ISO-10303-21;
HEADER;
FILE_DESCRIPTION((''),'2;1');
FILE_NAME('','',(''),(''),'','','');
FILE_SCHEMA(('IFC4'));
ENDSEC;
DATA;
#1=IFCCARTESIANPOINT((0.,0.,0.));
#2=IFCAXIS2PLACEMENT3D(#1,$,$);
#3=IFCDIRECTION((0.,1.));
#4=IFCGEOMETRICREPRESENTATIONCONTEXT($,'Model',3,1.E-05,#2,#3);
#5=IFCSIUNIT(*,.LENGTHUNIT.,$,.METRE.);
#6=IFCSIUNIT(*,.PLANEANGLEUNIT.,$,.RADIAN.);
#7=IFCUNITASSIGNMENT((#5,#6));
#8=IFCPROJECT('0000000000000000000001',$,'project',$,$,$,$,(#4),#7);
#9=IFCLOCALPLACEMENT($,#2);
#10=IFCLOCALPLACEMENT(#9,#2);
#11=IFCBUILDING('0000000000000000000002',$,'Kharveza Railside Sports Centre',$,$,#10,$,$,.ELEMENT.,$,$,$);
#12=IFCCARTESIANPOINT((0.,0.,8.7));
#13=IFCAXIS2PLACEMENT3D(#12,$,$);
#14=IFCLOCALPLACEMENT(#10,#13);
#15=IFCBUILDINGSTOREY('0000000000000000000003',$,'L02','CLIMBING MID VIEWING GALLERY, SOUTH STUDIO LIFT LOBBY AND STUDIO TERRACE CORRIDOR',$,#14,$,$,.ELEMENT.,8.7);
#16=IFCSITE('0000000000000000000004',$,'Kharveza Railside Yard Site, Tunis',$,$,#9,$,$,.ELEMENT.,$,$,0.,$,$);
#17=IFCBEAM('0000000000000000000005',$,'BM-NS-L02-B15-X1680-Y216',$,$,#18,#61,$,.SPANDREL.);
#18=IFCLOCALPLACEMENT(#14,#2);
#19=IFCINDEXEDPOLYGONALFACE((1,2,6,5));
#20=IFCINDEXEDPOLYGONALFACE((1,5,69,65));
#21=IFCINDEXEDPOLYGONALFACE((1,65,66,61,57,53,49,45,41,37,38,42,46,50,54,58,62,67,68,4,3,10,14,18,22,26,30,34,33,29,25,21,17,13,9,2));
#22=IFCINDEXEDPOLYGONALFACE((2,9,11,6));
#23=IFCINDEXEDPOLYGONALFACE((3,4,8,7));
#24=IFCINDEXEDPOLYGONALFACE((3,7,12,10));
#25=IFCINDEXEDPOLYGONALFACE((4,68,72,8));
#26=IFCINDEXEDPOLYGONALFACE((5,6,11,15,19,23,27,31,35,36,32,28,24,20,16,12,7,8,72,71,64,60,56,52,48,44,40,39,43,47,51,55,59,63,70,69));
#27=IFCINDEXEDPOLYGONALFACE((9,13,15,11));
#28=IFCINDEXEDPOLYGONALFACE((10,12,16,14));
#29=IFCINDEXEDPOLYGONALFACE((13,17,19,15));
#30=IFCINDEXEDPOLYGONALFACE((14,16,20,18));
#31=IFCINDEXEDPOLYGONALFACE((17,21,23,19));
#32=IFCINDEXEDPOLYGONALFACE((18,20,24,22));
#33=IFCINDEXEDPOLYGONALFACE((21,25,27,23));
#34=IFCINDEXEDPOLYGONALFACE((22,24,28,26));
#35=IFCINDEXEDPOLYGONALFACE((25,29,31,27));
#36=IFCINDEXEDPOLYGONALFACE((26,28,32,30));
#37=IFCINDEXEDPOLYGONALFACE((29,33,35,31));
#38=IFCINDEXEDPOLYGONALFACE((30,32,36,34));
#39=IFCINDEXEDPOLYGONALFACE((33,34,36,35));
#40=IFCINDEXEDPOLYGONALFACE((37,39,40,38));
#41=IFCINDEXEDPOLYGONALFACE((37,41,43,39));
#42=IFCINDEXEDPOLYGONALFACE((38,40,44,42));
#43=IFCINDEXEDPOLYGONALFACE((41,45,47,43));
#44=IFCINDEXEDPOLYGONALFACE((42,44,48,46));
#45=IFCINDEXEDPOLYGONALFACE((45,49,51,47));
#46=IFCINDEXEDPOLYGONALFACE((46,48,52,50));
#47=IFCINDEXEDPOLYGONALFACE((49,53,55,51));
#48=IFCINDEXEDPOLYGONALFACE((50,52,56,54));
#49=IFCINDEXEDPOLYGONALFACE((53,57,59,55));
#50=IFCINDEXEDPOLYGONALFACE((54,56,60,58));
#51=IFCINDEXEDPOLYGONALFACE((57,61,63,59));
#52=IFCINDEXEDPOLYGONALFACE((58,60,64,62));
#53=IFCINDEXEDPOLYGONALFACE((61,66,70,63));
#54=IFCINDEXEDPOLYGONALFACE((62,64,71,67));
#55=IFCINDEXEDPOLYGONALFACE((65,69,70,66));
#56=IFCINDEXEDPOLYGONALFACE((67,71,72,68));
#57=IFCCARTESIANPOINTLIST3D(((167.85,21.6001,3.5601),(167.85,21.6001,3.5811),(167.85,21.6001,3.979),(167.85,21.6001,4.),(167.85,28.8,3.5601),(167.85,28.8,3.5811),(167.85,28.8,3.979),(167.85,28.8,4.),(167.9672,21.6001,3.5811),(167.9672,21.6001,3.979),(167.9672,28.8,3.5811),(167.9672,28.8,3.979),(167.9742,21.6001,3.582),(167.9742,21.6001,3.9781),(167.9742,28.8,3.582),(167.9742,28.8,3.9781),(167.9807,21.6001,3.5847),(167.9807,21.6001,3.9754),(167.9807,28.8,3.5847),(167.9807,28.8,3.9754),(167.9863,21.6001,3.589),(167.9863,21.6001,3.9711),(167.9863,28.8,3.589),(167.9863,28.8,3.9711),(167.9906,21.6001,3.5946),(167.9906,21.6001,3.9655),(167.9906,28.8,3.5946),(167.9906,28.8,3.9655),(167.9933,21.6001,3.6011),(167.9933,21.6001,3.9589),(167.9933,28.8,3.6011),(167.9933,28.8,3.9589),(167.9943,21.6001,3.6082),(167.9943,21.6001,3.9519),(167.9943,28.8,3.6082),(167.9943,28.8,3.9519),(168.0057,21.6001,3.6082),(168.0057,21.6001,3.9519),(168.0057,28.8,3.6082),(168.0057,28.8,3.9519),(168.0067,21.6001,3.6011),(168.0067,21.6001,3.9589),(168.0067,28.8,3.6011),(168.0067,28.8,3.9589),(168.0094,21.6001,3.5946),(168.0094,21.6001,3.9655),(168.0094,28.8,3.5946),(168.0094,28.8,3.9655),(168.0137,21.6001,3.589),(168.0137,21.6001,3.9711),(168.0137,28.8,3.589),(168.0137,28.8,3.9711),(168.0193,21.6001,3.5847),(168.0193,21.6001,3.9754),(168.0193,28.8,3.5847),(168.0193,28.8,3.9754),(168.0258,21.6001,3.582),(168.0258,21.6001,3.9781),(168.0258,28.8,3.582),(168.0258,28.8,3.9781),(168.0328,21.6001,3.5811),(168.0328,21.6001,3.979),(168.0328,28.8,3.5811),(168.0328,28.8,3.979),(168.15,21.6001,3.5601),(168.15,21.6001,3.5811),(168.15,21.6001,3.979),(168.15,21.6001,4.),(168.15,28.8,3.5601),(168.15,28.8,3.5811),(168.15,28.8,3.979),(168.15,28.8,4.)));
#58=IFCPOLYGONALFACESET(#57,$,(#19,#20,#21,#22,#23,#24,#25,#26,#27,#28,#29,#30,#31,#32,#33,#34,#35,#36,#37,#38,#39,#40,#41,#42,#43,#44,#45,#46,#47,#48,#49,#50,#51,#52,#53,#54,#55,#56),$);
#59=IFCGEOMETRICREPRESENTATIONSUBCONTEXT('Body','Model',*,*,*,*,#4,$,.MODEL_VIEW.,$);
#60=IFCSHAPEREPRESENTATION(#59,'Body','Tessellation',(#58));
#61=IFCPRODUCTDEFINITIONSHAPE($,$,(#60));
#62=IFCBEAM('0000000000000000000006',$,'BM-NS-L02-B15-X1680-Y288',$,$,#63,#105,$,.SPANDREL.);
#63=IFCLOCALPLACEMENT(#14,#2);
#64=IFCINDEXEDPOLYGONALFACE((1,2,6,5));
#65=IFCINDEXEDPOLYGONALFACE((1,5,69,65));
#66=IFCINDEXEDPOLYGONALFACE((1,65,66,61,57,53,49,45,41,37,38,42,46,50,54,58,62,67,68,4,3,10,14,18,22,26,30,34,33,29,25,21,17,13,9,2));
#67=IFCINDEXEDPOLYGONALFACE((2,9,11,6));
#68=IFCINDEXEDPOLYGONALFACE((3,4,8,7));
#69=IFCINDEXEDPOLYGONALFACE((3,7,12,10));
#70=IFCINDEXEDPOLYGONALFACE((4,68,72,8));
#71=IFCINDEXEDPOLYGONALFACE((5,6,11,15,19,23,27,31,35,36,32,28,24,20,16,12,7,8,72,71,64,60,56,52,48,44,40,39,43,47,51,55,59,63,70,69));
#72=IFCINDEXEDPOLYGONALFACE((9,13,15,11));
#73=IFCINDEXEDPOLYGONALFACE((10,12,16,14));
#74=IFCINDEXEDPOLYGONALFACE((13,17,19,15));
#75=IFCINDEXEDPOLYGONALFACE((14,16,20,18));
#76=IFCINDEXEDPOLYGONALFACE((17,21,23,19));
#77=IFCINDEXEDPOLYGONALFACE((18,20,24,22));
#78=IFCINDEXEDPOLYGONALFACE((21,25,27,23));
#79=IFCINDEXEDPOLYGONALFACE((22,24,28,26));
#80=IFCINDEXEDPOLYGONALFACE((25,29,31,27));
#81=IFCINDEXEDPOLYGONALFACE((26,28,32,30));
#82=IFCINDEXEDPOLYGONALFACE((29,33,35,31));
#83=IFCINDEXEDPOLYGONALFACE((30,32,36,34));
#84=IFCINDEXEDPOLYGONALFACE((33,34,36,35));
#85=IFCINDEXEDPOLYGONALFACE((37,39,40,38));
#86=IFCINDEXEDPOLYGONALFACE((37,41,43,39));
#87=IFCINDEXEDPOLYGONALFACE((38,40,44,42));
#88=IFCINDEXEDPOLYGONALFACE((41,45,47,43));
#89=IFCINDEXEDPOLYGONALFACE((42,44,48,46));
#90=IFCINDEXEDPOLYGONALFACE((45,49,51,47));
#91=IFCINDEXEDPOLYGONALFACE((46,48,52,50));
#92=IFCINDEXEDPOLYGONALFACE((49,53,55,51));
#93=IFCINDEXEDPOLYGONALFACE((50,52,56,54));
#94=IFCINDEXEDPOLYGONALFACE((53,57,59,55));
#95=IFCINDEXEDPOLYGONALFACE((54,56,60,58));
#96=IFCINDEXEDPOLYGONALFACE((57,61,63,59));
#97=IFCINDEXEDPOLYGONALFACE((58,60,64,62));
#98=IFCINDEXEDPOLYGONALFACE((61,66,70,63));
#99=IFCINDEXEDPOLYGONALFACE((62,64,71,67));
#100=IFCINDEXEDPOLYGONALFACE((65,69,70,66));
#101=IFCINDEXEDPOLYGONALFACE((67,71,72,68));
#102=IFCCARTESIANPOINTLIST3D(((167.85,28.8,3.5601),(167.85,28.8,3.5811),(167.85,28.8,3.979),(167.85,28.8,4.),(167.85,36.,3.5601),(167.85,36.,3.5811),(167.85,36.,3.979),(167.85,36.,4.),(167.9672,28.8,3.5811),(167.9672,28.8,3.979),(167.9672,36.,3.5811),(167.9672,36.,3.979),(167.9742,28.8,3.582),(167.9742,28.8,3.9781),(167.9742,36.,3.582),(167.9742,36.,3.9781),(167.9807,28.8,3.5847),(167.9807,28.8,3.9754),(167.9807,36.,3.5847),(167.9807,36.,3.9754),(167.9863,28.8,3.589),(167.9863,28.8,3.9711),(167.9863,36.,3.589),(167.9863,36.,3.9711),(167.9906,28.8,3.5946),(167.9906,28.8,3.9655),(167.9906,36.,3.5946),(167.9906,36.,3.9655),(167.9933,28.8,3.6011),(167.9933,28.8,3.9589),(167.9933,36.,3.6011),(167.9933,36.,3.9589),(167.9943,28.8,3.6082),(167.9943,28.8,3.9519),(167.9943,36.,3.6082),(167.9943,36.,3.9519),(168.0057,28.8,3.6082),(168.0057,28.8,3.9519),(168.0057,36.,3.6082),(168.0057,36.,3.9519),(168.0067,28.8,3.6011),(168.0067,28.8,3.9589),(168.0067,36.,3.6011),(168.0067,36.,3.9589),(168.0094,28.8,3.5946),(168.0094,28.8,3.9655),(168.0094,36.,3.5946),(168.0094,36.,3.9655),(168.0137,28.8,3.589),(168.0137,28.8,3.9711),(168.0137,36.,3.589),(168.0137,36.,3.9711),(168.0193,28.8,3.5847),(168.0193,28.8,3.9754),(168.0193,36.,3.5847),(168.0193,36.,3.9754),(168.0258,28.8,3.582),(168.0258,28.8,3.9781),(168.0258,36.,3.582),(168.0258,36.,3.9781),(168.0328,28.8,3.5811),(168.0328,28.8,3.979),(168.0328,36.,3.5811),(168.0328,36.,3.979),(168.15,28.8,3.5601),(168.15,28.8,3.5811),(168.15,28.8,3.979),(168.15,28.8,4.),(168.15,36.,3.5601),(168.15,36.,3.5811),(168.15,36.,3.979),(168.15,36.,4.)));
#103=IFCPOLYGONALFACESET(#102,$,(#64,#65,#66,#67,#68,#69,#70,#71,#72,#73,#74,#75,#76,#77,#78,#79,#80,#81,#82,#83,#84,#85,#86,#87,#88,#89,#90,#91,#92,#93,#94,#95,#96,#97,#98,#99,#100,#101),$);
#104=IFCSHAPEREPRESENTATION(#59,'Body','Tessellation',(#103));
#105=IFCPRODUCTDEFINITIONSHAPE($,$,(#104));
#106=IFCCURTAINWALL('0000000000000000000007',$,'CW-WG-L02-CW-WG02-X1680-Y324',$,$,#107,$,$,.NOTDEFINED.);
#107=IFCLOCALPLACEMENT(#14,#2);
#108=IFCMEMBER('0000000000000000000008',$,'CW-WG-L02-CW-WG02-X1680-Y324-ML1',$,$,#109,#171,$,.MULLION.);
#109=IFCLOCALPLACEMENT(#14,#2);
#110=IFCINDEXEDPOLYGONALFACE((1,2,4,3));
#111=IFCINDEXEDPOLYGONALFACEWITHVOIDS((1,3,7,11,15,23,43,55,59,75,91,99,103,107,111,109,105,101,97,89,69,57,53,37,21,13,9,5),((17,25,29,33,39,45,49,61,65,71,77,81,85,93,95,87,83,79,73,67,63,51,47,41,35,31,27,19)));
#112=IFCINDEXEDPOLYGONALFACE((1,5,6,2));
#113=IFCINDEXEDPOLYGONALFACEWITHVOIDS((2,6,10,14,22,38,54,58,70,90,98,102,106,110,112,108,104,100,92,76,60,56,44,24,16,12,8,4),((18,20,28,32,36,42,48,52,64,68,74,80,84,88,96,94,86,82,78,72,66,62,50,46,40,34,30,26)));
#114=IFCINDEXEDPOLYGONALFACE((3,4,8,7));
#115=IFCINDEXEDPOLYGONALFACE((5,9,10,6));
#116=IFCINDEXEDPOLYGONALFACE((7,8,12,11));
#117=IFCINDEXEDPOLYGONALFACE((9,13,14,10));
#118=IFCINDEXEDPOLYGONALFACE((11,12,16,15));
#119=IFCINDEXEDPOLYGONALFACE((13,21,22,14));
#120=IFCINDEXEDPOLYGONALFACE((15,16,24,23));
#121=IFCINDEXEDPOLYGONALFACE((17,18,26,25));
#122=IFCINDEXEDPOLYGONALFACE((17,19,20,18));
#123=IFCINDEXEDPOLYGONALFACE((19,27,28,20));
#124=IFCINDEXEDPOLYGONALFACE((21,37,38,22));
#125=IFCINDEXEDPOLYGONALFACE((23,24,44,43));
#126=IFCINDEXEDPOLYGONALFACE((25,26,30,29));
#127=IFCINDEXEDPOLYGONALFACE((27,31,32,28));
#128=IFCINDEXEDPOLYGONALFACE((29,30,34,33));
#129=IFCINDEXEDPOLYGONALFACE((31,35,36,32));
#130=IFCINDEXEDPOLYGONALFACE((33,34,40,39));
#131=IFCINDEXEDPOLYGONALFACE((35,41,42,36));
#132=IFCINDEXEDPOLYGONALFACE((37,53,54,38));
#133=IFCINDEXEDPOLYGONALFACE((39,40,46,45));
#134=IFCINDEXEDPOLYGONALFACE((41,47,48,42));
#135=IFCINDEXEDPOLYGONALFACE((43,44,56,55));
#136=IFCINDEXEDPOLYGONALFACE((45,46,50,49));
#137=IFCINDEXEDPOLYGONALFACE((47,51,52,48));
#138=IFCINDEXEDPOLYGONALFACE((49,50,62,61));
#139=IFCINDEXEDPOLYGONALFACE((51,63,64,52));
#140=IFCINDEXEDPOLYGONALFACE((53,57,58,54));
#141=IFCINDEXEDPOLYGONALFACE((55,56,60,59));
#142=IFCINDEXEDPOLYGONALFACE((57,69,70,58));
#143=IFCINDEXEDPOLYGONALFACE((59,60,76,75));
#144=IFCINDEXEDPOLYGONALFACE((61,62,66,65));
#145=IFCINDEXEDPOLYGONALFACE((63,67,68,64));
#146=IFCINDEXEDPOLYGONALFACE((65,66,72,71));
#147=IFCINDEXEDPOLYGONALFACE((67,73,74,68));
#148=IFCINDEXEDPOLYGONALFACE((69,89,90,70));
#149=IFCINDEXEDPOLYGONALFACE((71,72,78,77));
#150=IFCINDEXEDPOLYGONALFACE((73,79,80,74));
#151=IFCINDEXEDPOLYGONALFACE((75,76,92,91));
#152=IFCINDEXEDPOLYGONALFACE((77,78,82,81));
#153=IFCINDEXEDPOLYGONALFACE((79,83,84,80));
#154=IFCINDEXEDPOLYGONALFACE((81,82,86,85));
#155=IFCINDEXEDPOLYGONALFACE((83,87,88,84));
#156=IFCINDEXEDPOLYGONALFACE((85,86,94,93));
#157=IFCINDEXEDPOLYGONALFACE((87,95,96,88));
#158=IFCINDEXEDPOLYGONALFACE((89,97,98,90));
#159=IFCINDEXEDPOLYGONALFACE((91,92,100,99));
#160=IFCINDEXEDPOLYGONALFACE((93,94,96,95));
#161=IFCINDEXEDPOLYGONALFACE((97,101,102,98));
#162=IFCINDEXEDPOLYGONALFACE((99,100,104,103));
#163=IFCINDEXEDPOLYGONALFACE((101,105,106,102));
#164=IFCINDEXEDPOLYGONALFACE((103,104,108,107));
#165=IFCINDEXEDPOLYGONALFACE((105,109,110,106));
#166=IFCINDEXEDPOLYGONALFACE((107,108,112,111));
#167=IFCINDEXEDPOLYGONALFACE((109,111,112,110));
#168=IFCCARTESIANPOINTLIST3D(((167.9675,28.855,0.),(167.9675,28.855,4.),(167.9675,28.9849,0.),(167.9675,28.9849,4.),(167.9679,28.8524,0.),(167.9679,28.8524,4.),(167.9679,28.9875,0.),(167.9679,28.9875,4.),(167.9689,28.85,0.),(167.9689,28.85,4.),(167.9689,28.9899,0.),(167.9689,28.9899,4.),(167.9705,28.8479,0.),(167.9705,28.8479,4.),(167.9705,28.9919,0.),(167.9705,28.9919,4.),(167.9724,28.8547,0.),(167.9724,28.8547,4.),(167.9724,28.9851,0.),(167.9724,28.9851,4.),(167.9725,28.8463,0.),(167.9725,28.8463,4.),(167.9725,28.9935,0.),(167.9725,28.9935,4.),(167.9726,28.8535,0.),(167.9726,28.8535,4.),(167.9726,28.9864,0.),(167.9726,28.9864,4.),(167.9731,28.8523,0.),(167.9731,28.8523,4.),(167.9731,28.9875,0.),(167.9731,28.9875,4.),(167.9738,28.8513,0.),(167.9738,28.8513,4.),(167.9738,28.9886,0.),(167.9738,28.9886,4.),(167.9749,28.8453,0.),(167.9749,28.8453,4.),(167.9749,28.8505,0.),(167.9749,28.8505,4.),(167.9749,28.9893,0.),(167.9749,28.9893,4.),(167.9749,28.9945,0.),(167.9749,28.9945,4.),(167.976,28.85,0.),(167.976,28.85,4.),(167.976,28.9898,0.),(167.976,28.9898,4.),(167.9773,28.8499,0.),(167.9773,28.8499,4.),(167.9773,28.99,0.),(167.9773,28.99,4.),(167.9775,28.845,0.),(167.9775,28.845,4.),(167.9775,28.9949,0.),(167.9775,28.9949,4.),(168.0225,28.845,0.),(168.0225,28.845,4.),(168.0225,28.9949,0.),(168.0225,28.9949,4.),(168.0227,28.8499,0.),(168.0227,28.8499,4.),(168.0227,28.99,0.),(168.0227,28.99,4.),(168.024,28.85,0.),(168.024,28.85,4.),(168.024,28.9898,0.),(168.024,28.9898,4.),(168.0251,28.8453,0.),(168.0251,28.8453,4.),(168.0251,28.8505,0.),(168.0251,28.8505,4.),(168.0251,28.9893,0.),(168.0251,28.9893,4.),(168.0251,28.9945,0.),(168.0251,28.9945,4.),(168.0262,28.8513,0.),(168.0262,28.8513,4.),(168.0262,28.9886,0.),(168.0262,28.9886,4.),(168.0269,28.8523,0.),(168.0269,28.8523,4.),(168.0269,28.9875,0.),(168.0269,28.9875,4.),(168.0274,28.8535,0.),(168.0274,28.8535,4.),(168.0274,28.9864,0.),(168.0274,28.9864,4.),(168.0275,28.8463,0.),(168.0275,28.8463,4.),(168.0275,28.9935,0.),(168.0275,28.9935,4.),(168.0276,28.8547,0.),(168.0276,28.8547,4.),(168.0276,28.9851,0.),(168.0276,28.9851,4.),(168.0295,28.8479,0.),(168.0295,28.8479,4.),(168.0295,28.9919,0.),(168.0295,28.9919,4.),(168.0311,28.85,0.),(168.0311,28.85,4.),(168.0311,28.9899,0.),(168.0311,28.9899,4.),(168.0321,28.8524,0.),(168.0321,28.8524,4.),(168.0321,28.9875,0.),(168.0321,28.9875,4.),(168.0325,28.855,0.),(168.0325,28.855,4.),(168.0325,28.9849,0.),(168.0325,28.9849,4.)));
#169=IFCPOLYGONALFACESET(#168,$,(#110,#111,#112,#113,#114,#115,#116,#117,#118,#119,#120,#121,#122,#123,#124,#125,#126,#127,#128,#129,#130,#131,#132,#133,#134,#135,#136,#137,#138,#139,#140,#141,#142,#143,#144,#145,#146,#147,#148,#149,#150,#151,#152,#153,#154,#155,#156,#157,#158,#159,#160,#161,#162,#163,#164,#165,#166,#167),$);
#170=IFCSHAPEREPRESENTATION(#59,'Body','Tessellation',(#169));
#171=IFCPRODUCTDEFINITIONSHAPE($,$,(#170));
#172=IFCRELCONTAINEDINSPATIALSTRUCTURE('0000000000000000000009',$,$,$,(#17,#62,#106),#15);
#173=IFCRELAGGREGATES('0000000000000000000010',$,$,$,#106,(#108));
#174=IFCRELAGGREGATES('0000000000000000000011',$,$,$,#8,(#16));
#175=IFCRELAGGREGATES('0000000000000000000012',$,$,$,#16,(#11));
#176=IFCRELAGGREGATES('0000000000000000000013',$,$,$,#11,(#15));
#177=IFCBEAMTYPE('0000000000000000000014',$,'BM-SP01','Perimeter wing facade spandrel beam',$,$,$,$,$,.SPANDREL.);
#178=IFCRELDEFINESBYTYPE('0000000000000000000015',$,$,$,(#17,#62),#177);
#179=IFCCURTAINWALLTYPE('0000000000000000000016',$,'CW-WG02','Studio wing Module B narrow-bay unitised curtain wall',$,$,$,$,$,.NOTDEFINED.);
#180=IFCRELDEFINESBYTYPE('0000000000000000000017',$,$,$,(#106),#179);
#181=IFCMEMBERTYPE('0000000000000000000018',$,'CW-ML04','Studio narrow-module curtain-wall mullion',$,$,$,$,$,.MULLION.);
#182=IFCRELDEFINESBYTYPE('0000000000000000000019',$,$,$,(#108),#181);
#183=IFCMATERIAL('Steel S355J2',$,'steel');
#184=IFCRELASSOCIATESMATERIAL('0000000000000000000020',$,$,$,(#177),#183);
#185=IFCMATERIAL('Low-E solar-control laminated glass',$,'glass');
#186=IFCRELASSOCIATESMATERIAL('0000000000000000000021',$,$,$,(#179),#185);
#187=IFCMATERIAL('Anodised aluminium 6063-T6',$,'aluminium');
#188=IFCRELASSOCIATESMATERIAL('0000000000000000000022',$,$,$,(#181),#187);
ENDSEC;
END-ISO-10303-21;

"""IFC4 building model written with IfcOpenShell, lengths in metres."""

from ifc_helpers import new_model, si_unit, direction, frame, origin, origin_2d, place, context, subcontext, project, spatial, hollow_rectangle, i_section, extrude, material, material_profile, profile_set, type_object, element, aggregate, save


model = new_model("IFC4")

# Units and contexts
model_context = context("Model", 3, precision=1e-05, world=origin(), true_north=direction((0.0, 1.0)))
body_context = subcontext(model_context, "Body", "Model", "MODEL_VIEW")
ifc_project = project(units=[si_unit("LENGTHUNIT", "METRE"), si_unit("PLANEANGLEUNIT", "RADIAN")], contexts=[model_context])

# Site, building, storey
site_placement = place(None, origin())
site = spatial("IfcSite", under=ifc_project, at=site_placement, Name="Kharveza Railside Yard Site, Tunis", CompositionType="ELEMENT", RefElevation=0.0)
building_placement = place(site_placement, origin())
building = spatial("IfcBuilding", under=site, at=building_placement, Name="Kharveza Railside Sports Centre", CompositionType="ELEMENT")
storey_placement = place(building_placement, frame((0.0, 0.0, 8.7)))
storey = spatial("IfcBuildingStorey", under=building, at=storey_placement, Name="L02", Description="CLIMBING MID VIEWING GALLERY, SOUTH STUDIO LIFT LOBBY AND STUDIO TERRACE CORRIDOR", CompositionType="ELEMENT", Elevation=8.7)

# Shared definitions
ifc_material_1 = material(Name="Steel S355J2", Category="steel")

# Beams
ifc_material_profile_1 = material_profile(ifc_material_1, i_section(OverallWidth=0.3, OverallDepth=0.4399, WebThickness=0.0115, FlangeThickness=0.021, FilletRadius=0.0271, at=origin_2d()), Name="HEA 450")
ifc_profile_set_1 = profile_set([ifc_material_profile_1], Name="Steel S355J2")
beam_type_1 = type_object("IfcBeamType", Name="BM-SP01", Description="Perimeter wing facade spandrel beam", PredefinedType="SPANDREL", material=ifc_profile_set_1)
for number, where, z_axis, x_axis, name in (
    (1, (168.0, 21.6001, 3.78), (0.0, 1.0, 0.0), (-1.0, 0.0, 0.0), "BM-NS-L02-B15-X1680-Y216"),
    (2, (168.0, 28.8, 3.78), (0.0, 1.0, 0.0), (-1.0, 0.0, 0.0), "BM-NS-L02-B15-X1680-Y288"),
):
    element("IfcBeam", number, at=place(storey_placement, frame(where, z_axis=z_axis, x_axis=x_axis)), inside=storey, type_object=beam_type_1, Name=name, PredefinedType="SPANDREL", context=body_context, shape_type="SweptSolid", body=[
        extrude(i_section(OverallWidth=0.3, OverallDepth=0.4399, WebThickness=0.0115, FlangeThickness=0.021, FilletRadius=0.0271, at=origin_2d()), origin(), (0.0, 0.0, 1.0), 7.2),
    ])

# Curtain wall, member
ifc_material_2 = material(Name="Low-E solar-control laminated glass", Category="glass")
curtain_wall_type = type_object("IfcCurtainWallType", Name="CW-WG02", Description="Studio wing Module B narrow-bay unitised curtain wall", PredefinedType="NOTDEFINED", material=ifc_material_2)
curtain_wall_placement = place(storey_placement, origin())
curtain_wall = element("IfcCurtainWall", 3, at=curtain_wall_placement, inside=storey, type_object=curtain_wall_type, Name="CW-WG-L02-CW-WG02-X1680-Y324", PredefinedType="NOTDEFINED")
ifc_material_3 = material(Name="Anodised aluminium 6063-T6", Category="aluminium")
ifc_material_profile_2 = material_profile(ifc_material_3, hollow_rectangle(XDim=0.0649, YDim=0.1499, WallThickness=0.0049, InnerFilletRadius=0.0049, OuterFilletRadius=0.01, at=origin_2d()), Name="RHS 65x150x5.0")
ifc_profile_set_2 = profile_set([ifc_material_profile_2], Name="Anodised aluminium 6063-T6")
member_type_1 = type_object("IfcMemberType", Name="CW-ML04", Description="Studio narrow-module curtain-wall mullion", PredefinedType="MULLION", material=ifc_profile_set_2)
member_1_placement = place(storey_placement, frame((168.0, 28.9199, 0.0), z_axis=(0.0, 0.0, 1.0), x_axis=(1.0, 0.0, 0.0)))
member_1 = element("IfcMember", 4, at=member_1_placement, type_object=member_type_1, Name="CW-WG-L02-CW-WG02-X1680-Y324-ML1", PredefinedType="MULLION", context=body_context, shape_type="SweptSolid", body=[
    extrude(hollow_rectangle(XDim=0.0649, YDim=0.1499, WallThickness=0.0049, InnerFilletRadius=0.0049, OuterFilletRadius=0.01, at=origin_2d()), origin(), (0.0, 0.0, 1.0), 4.0),
])

aggregate(curtain_wall, [member_1])

save(model, "model.ifc")
